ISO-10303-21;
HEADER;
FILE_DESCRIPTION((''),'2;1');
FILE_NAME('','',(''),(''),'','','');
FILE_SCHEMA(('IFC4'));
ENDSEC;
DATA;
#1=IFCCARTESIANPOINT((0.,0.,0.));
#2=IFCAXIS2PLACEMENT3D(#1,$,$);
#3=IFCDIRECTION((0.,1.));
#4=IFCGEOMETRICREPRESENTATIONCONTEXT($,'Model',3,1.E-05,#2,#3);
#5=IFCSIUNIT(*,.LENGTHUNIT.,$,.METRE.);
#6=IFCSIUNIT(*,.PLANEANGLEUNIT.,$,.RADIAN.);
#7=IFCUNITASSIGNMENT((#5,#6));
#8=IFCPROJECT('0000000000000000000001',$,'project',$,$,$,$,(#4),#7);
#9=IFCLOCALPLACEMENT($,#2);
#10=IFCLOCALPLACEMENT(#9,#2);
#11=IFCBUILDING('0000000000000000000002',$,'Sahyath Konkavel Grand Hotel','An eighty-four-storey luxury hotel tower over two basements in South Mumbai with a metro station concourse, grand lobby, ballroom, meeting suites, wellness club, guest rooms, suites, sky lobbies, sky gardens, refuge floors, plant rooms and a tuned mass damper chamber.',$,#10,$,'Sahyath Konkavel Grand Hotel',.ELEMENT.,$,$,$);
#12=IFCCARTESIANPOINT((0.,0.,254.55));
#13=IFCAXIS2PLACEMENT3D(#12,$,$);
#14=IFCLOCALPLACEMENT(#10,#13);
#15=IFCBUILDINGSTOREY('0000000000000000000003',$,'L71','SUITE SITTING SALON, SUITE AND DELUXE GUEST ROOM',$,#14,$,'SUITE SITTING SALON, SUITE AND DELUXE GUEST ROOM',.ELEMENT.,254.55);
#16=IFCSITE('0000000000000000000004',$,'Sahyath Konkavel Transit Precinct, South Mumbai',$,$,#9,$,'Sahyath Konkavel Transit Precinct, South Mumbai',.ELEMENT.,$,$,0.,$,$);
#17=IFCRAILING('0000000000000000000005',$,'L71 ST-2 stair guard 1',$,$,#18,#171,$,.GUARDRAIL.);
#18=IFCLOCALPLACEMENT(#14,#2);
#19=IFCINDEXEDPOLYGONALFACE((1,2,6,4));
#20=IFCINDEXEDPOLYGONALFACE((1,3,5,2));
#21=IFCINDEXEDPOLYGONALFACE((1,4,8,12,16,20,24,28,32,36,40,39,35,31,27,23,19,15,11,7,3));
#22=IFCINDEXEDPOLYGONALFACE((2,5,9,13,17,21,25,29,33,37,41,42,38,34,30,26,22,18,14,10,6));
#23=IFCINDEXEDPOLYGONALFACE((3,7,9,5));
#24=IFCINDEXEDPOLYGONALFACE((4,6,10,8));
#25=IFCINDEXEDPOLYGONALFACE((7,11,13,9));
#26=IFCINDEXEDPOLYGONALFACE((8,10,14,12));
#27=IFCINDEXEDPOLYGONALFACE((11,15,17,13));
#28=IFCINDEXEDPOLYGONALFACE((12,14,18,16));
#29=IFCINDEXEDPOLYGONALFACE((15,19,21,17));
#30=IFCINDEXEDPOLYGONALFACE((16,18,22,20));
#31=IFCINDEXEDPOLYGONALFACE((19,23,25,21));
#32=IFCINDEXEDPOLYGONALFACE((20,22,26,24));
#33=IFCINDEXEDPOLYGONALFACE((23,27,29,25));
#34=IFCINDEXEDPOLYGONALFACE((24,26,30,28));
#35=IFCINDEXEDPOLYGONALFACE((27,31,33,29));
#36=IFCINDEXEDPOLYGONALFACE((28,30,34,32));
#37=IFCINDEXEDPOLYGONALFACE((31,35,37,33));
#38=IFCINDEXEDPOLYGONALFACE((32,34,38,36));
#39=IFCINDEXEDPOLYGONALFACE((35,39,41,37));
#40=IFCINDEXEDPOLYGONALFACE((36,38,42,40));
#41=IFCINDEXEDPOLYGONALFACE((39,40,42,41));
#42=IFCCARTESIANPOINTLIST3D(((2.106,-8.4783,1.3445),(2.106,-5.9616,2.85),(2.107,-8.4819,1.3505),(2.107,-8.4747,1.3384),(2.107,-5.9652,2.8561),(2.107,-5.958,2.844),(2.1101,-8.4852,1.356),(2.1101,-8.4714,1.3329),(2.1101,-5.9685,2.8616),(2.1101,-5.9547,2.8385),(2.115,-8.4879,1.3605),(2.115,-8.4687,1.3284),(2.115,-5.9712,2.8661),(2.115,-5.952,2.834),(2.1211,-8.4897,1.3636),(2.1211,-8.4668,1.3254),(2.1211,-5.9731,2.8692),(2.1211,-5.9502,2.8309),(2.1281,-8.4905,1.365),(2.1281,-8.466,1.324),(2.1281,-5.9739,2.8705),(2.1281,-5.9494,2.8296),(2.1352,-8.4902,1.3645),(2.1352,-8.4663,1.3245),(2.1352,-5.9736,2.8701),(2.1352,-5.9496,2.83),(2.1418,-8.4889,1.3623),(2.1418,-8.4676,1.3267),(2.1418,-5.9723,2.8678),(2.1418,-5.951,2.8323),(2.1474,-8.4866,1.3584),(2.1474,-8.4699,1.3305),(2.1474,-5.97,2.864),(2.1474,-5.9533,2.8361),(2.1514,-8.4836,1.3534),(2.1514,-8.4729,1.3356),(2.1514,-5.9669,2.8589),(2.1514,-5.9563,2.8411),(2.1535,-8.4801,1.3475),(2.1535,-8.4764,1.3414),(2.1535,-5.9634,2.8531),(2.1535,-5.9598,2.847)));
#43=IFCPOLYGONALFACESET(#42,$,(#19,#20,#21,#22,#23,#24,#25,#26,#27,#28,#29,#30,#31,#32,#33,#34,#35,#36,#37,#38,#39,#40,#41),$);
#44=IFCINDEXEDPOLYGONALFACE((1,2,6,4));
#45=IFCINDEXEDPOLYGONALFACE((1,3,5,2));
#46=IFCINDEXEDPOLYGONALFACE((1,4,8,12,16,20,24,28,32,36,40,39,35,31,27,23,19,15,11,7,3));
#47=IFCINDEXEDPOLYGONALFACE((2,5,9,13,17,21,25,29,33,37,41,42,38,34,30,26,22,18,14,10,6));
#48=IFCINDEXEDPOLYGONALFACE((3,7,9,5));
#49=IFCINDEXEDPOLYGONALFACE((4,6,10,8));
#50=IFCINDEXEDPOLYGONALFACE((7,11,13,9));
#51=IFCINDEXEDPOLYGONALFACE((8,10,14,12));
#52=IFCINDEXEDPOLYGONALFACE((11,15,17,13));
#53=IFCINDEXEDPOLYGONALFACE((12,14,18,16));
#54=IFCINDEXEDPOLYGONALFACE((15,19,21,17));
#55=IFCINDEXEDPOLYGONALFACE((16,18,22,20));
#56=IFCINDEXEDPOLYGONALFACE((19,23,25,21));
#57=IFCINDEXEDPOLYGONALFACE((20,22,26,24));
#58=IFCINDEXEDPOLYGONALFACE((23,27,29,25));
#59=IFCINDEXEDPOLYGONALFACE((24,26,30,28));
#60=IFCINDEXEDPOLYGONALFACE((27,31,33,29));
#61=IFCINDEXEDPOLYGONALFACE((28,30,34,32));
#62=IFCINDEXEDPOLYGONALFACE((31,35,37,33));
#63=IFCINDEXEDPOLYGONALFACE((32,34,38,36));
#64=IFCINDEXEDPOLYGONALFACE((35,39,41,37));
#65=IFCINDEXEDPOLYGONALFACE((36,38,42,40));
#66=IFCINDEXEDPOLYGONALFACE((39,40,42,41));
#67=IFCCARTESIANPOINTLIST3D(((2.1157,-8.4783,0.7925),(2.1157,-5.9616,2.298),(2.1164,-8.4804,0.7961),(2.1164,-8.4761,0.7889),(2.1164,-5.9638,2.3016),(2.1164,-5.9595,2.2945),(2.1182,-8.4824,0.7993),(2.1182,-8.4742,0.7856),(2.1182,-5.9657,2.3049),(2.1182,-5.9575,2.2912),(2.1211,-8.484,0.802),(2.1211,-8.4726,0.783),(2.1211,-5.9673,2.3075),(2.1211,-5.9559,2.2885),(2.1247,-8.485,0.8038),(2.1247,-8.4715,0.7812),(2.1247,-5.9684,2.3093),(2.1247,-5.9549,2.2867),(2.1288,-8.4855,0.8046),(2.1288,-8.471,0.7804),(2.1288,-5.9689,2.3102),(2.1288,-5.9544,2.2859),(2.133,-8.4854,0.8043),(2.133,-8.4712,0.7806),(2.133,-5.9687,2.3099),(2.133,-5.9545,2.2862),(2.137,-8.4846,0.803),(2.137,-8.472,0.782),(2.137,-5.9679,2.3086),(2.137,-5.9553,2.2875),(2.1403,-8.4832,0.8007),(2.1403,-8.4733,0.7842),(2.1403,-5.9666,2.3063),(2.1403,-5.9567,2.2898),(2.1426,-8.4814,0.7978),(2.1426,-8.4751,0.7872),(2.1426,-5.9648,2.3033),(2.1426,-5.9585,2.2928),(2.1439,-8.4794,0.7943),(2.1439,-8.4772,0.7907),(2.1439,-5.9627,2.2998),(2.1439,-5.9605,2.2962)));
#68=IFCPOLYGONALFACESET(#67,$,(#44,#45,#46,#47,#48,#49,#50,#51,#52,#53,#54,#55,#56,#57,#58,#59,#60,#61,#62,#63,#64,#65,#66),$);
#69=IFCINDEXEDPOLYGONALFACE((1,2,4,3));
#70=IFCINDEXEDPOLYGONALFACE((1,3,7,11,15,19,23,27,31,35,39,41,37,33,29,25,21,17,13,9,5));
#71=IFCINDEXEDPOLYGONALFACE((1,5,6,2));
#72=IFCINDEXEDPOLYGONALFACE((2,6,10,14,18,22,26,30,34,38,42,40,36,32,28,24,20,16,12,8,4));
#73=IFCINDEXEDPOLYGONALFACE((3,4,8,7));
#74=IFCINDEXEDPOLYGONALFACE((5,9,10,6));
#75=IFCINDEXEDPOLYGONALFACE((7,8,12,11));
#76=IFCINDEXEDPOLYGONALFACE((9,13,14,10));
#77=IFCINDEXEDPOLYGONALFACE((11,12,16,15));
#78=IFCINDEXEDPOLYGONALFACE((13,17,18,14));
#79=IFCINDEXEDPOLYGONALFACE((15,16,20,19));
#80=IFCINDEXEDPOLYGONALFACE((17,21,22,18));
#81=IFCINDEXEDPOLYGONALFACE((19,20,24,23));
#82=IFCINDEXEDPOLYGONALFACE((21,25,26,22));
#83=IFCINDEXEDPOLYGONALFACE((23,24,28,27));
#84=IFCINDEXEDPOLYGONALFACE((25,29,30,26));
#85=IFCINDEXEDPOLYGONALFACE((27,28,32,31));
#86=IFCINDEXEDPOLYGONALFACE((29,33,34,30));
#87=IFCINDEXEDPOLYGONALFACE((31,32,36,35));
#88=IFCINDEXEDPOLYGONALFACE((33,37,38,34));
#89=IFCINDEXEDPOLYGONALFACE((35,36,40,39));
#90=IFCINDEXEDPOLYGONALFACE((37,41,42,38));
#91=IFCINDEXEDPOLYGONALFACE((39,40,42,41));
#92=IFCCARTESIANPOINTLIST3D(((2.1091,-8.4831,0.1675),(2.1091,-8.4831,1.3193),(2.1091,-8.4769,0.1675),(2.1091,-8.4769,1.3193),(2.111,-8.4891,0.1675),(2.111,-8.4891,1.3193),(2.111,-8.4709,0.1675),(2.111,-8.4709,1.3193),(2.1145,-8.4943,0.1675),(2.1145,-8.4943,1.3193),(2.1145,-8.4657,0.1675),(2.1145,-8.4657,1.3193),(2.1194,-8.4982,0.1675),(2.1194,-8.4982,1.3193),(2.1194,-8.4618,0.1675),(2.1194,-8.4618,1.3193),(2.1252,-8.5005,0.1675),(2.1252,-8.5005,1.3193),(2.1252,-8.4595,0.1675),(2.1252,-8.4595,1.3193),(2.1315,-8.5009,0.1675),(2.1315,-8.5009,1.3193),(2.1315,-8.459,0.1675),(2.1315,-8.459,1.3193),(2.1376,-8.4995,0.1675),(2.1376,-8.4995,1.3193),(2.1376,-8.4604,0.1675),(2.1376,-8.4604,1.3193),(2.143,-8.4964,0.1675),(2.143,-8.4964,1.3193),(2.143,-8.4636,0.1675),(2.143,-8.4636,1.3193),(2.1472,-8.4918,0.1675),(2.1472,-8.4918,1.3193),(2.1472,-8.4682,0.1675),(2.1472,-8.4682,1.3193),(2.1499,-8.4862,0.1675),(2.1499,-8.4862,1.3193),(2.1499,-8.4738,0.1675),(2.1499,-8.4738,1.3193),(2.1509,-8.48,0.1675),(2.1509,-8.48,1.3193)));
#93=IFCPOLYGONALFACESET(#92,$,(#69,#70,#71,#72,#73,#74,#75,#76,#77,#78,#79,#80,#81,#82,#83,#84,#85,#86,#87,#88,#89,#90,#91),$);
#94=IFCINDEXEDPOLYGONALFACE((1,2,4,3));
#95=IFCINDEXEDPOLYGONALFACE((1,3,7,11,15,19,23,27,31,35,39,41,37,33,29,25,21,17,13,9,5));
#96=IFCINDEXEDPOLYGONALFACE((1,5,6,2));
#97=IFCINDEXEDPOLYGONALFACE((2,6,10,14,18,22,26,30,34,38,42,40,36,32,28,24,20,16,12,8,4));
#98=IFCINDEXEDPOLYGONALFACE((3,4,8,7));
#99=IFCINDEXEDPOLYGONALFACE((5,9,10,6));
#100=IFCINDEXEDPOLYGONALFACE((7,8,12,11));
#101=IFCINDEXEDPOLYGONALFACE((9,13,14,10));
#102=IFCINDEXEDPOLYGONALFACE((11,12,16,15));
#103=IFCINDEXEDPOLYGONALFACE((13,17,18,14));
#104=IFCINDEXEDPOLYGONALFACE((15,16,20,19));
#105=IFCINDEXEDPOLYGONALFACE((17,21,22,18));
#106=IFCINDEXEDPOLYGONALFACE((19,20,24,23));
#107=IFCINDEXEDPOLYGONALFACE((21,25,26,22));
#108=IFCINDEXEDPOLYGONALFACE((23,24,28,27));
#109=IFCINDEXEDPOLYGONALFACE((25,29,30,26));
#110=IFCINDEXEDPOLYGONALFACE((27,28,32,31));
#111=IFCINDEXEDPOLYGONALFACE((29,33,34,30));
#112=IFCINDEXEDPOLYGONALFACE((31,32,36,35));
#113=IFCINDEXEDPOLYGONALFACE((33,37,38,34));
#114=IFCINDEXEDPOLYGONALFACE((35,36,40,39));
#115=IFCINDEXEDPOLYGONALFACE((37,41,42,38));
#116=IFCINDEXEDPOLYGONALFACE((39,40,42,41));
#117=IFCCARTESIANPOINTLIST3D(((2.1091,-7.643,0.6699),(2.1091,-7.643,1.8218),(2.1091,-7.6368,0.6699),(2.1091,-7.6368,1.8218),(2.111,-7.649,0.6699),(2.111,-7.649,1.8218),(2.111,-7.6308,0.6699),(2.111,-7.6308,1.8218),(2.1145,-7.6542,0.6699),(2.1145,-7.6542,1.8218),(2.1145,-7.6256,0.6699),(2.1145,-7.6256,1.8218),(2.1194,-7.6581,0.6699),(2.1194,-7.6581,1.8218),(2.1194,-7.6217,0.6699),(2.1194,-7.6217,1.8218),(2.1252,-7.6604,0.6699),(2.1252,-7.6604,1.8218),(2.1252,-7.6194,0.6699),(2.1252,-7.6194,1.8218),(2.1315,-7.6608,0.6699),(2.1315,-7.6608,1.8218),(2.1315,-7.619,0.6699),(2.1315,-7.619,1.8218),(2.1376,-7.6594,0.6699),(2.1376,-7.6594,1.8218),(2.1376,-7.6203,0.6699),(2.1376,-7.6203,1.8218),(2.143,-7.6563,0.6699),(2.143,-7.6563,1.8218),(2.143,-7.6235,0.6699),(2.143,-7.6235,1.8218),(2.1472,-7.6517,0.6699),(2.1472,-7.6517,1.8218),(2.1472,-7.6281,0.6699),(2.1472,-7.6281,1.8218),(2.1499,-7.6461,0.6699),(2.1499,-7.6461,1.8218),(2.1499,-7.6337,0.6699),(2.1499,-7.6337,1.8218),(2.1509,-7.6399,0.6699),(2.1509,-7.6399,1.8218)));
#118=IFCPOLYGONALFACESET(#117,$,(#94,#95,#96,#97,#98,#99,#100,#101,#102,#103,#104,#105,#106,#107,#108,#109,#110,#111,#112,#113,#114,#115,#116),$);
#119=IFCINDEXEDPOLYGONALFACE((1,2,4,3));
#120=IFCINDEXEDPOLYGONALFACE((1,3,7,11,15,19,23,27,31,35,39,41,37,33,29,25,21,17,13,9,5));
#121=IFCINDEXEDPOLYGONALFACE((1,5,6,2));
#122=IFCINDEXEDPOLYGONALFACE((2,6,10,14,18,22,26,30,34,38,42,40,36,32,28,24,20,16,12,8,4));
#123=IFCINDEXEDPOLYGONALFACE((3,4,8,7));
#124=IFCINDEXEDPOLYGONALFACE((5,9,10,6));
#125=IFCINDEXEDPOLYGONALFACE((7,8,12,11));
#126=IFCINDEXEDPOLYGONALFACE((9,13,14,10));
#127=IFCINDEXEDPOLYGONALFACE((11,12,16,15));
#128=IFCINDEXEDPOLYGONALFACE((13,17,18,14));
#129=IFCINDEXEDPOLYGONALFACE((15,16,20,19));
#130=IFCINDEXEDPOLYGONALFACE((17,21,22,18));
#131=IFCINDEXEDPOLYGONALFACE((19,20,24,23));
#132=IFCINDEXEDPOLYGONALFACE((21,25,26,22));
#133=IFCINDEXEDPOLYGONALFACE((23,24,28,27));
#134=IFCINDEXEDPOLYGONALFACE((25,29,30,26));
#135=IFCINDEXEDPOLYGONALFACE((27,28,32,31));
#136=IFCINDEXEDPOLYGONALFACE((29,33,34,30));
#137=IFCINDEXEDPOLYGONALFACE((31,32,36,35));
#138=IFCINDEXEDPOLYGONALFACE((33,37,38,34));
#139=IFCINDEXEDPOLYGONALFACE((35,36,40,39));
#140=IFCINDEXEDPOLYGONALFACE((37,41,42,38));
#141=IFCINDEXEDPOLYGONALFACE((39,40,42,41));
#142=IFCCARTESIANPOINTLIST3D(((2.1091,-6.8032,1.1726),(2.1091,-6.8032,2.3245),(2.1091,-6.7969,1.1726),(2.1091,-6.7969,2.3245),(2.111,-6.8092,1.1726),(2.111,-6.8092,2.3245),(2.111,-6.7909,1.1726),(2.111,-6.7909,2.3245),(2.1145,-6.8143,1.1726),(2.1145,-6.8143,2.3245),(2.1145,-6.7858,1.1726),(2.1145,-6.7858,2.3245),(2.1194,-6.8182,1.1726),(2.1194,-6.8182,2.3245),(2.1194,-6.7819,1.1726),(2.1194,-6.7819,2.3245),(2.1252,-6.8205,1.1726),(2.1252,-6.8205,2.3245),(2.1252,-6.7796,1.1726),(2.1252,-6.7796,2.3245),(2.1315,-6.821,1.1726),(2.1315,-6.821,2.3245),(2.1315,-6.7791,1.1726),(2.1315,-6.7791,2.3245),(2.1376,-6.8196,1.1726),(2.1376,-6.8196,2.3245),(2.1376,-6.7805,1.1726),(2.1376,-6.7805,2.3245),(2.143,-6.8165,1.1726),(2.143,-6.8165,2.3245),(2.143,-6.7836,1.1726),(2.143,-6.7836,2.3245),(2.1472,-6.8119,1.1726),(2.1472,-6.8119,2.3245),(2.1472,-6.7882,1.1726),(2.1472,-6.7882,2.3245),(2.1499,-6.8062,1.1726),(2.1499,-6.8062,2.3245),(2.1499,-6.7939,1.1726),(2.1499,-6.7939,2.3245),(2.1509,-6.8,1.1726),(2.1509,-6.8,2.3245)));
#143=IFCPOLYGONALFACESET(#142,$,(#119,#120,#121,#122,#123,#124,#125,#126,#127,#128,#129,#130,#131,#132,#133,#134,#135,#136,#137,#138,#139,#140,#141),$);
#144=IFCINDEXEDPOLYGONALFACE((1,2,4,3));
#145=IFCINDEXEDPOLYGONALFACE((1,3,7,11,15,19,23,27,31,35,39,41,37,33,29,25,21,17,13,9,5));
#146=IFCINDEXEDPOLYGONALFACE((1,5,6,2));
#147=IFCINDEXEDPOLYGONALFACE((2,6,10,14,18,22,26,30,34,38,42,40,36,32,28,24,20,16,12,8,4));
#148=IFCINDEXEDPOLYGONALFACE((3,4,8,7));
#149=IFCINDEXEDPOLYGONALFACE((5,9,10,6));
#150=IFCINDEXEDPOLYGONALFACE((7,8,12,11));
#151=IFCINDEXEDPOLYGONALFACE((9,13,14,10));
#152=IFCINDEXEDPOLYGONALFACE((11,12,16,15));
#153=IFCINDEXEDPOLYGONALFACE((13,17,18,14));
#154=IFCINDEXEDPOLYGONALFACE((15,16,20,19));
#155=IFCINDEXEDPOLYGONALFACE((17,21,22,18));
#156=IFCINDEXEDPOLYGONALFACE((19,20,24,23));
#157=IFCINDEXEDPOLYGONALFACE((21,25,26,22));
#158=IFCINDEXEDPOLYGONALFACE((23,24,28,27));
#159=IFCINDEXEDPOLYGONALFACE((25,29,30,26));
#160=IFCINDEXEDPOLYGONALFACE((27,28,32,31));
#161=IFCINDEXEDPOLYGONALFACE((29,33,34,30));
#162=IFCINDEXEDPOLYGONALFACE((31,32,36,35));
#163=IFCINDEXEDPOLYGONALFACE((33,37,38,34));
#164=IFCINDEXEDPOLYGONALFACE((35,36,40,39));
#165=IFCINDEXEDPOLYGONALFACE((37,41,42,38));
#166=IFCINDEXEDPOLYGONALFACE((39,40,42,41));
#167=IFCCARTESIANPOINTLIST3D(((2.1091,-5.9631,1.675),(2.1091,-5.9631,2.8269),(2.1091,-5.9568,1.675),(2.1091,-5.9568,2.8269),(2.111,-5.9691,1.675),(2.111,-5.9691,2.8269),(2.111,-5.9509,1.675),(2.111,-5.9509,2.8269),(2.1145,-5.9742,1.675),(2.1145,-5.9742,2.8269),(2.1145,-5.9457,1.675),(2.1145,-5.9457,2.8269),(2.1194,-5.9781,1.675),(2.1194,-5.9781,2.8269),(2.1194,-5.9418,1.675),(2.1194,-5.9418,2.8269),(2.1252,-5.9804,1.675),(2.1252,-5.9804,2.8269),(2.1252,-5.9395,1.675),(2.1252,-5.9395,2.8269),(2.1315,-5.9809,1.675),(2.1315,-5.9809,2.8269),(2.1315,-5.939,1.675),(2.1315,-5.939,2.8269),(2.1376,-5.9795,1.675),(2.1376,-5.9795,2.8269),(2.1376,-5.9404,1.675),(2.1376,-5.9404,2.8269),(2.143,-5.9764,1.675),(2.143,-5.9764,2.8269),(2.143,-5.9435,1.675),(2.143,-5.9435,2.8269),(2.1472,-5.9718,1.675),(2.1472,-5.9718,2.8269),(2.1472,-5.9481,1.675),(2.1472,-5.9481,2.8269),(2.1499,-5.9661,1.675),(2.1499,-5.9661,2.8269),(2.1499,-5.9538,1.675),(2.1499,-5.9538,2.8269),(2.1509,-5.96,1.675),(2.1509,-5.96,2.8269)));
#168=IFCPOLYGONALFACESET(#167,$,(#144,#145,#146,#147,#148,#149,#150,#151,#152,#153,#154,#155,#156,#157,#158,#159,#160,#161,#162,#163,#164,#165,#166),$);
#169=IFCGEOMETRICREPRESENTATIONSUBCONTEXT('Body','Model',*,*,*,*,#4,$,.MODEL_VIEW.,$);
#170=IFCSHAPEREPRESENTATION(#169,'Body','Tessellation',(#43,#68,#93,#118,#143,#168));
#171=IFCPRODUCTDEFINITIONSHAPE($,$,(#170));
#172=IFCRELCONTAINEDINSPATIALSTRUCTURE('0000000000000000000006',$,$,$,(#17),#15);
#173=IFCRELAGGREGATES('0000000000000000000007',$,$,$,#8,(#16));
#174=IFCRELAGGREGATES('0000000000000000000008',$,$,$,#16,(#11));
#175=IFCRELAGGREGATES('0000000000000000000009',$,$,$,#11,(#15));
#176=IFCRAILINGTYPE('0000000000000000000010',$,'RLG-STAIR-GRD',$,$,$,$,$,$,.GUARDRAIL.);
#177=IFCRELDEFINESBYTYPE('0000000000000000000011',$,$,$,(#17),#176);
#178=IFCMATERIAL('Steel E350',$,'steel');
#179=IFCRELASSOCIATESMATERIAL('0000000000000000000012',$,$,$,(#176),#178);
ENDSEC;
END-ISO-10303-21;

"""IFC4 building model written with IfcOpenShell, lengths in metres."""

from ifc_helpers import new_model, si_unit, direction, frame, origin, origin_2d, place, context, subcontext, project, spatial, circle, extrude, material, type_object, element, save


model = new_model("IFC4")

# Units and contexts
model_context = context("Model", 3, precision=1e-05, world=origin(), true_north=direction((0.0, 1.0)))
body_context = subcontext(model_context, "Body", "Model", "MODEL_VIEW")
ifc_project = project(units=[si_unit("LENGTHUNIT", "METRE"), si_unit("PLANEANGLEUNIT", "RADIAN")], contexts=[model_context])

# Site, building, storey
site_placement = place(None, origin())
site = spatial("IfcSite", under=ifc_project, at=site_placement, Name="Sahyath Konkavel Transit Precinct, South Mumbai", LongName="Sahyath Konkavel Transit Precinct, South Mumbai", CompositionType="ELEMENT", RefElevation=0.0)
building_placement = place(site_placement, origin())
building = spatial("IfcBuilding", under=site, at=building_placement, Name="Sahyath Konkavel Grand Hotel", Description="An eighty-four-storey luxury hotel tower over two basements in South Mumbai with a metro station concourse, grand lobby, ballroom, meeting suites, wellness club, guest rooms, suites, sky lobbies, sky gardens, refuge floors, plant rooms and a tuned mass damper chamber.", LongName="Sahyath Konkavel Grand Hotel", CompositionType="ELEMENT")
storey_placement = place(building_placement, frame((0.0, 0.0, 254.55)))
storey = spatial("IfcBuildingStorey", under=building, at=storey_placement, Name="L71", Description="SUITE SITTING SALON, SUITE AND DELUXE GUEST ROOM", LongName="SUITE SITTING SALON, SUITE AND DELUXE GUEST ROOM", CompositionType="ELEMENT", Elevation=254.55)

# Shared definitions
ifc_material_1 = material(Name="Steel E350", Category="steel")

# Railing
railing_type_1 = type_object("IfcRailingType", Name="RLG-STAIR-GRD", PredefinedType="GUARDRAIL", material=ifc_material_1)
railing_1_placement = place(storey_placement, frame((2.1299, -8.48, 0.1675)))
element("IfcRailing", 1, at=railing_1_placement, inside=storey, type_object=railing_type_1, Name="L71 ST-2 stair guard 1", PredefinedType="GUARDRAIL", context=body_context, shape_type="SweptSolid", body=[
    extrude(circle(Radius=0.0239, at=origin_2d()), frame((0.0, 0.0017, 1.177), z_axis=(0.0, 0.85816, 0.513383), x_axis=(-1.0, 0.0, 0.0)), (0.0, 0.0, 1.0), 2.9326),
    extrude(circle(Radius=0.0142, at=origin_2d()), frame((0.0, 0.0017, 0.625), z_axis=(0.0, 0.85816, 0.513383), x_axis=(-1.0, 0.0, 0.0)), (0.0, 0.0, 1.0), 2.9326),
    extrude(circle(Radius=0.021, at=origin_2d()), origin(), (0.0, 0.0, 1.0), 1.1519),
    extrude(circle(Radius=0.021, at=origin_2d()), frame((0.0, 0.8401, 0.5024)), (0.0, 0.0, 1.0), 1.1519),
    extrude(circle(Radius=0.021, at=origin_2d()), frame((0.0, 1.6799, 1.0051)), (0.0, 0.0, 1.0), 1.1519),
    extrude(circle(Radius=0.021, at=origin_2d()), frame((0.0, 2.52, 1.5076)), (0.0, 0.0, 1.0), 1.1519),
])

save(model, "model.ifc")
